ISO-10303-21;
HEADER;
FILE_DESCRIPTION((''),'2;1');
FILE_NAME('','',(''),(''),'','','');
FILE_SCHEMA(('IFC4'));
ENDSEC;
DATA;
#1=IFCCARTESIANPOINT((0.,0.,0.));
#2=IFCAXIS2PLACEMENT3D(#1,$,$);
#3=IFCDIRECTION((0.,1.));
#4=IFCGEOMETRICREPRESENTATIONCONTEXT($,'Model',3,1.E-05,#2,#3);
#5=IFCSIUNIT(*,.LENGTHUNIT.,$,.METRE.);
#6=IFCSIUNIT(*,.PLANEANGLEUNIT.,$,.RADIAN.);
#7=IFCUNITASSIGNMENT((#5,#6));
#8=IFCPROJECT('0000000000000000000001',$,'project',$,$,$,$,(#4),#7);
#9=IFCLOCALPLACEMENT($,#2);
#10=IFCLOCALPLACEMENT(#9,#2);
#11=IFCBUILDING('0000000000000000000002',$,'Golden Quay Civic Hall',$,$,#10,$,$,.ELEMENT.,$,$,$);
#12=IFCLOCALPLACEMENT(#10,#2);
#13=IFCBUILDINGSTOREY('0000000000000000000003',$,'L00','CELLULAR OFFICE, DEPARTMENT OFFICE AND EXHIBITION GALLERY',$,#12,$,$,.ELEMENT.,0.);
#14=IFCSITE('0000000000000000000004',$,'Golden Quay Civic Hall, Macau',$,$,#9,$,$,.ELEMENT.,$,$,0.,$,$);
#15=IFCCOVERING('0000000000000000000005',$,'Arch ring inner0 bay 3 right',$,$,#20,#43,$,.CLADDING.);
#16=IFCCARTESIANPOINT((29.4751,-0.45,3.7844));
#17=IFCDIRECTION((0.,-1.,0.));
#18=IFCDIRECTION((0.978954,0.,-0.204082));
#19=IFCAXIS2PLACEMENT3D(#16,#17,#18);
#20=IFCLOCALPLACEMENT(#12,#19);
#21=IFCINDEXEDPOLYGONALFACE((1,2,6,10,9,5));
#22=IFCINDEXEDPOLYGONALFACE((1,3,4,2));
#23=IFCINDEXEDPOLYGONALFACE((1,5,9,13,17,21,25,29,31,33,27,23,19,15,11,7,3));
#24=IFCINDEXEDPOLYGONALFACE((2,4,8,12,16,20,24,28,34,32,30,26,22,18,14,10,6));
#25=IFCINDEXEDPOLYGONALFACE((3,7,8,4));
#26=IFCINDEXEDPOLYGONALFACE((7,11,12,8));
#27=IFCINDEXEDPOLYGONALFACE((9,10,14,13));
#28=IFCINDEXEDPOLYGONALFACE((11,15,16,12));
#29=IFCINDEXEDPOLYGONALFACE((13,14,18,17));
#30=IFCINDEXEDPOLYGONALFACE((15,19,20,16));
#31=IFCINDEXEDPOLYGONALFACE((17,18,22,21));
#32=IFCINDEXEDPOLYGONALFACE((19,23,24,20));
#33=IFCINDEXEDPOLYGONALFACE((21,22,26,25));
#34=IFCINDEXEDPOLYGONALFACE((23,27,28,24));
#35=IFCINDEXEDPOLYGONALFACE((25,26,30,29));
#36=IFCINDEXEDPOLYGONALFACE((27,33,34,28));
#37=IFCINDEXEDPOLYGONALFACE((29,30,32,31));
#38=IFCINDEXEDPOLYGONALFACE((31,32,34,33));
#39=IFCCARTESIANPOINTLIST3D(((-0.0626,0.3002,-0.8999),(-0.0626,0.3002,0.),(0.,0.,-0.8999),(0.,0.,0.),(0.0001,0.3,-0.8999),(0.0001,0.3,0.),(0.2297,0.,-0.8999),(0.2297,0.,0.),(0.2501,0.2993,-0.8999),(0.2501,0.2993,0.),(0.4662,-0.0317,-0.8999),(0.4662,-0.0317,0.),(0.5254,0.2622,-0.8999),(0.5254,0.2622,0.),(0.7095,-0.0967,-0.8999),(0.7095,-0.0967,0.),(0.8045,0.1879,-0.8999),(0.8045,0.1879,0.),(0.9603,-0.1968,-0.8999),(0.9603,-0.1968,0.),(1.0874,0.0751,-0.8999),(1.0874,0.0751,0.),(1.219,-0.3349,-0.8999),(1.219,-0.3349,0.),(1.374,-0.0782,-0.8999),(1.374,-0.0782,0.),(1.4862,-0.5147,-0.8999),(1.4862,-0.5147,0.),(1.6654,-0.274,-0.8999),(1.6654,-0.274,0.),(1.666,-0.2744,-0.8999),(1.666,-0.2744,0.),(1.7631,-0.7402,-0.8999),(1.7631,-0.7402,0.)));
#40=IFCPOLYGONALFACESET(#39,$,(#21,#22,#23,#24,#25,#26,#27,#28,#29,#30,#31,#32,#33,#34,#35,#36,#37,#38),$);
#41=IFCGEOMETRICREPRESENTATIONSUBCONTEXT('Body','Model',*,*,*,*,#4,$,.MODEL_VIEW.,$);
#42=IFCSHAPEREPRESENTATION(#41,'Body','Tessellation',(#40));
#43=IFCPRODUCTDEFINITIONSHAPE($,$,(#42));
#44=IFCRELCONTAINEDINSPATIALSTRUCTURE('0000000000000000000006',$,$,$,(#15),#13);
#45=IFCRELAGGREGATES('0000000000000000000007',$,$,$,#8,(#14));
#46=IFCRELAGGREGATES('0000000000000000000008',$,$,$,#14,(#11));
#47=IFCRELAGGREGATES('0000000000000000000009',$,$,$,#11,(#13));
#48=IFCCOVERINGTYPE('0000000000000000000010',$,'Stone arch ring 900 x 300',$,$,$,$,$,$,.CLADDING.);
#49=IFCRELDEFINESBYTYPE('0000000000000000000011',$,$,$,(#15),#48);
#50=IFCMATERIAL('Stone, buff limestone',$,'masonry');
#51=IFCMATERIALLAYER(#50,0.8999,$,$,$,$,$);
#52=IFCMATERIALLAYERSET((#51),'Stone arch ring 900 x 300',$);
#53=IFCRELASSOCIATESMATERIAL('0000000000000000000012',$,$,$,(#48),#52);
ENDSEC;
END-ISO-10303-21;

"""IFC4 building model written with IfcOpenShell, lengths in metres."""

from ifc_helpers import new_model, si_unit, direction, frame, origin, place, context, subcontext, project, spatial, polyline, outline, extrude, material, layer, layer_set, type_object, element, save


model = new_model("IFC4")

# Units and contexts
model_context = context("Model", 3, precision=1e-05, world=origin(), true_north=direction((0.0, 1.0)))
body_context = subcontext(model_context, "Body", "Model", "MODEL_VIEW")
ifc_project = project(units=[si_unit("LENGTHUNIT", "METRE"), si_unit("PLANEANGLEUNIT", "RADIAN")], contexts=[model_context])

# Site, building, storey
site_placement = place(None, origin())
site = spatial("IfcSite", under=ifc_project, at=site_placement, Name="Golden Quay Civic Hall, Macau", CompositionType="ELEMENT", RefElevation=0.0)
building_placement = place(site_placement, origin())
building = spatial("IfcBuilding", under=site, at=building_placement, Name="Golden Quay Civic Hall", CompositionType="ELEMENT")
storey_placement = place(building_placement, origin())
storey = spatial("IfcBuildingStorey", under=building, at=storey_placement, Name="L00", Description="CELLULAR OFFICE, DEPARTMENT OFFICE AND EXHIBITION GALLERY", CompositionType="ELEMENT", Elevation=0.0)

# Covering
ifc_material_1 = material(Name="Stone, buff limestone", Category="masonry")
ifc_layer_1 = layer(ifc_material_1, 0.8999)
ifc_layer_set_1 = layer_set([ifc_layer_1], Name="Stone arch ring 900 x 300")
covering_type_1 = type_object("IfcCoveringType", Name="Stone arch ring 900 x 300", PredefinedType="CLADDING", material=ifc_layer_set_1)
covering_1_placement = place(storey_placement, frame((29.4751, -0.45, 3.7844), z_axis=(0.0, -1.0, 0.0), x_axis=(0.978954, 0.0, -0.204082)))
element("IfcCovering", 1, at=covering_1_placement, inside=storey, type_object=covering_type_1, Name="Arch ring inner0 bay 3 right", PredefinedType="CLADDING", context=body_context, shape_type="SweptSolid", body=[
    extrude(outline(polyline([(0.0, 0.0), (0.2297, 0.0), (0.4662, -0.0317), (0.7095, -0.0967), (0.9603, -0.1968), (1.219, -0.3349), (1.4862, -0.5147), (1.7631, -0.7402), (1.666, -0.2744), (1.6654, -0.274), (1.374, -0.0782), (1.0874, 0.0751), (0.8045, 0.1879), (0.5254, 0.2622), (0.2501, 0.2993), (0.0001, 0.3), (-0.0626, 0.3002), (0.0, 0.0)])), origin(), (0.0, 0.0, -1.0), 0.8999),
])

save(model, "model.ifc")
